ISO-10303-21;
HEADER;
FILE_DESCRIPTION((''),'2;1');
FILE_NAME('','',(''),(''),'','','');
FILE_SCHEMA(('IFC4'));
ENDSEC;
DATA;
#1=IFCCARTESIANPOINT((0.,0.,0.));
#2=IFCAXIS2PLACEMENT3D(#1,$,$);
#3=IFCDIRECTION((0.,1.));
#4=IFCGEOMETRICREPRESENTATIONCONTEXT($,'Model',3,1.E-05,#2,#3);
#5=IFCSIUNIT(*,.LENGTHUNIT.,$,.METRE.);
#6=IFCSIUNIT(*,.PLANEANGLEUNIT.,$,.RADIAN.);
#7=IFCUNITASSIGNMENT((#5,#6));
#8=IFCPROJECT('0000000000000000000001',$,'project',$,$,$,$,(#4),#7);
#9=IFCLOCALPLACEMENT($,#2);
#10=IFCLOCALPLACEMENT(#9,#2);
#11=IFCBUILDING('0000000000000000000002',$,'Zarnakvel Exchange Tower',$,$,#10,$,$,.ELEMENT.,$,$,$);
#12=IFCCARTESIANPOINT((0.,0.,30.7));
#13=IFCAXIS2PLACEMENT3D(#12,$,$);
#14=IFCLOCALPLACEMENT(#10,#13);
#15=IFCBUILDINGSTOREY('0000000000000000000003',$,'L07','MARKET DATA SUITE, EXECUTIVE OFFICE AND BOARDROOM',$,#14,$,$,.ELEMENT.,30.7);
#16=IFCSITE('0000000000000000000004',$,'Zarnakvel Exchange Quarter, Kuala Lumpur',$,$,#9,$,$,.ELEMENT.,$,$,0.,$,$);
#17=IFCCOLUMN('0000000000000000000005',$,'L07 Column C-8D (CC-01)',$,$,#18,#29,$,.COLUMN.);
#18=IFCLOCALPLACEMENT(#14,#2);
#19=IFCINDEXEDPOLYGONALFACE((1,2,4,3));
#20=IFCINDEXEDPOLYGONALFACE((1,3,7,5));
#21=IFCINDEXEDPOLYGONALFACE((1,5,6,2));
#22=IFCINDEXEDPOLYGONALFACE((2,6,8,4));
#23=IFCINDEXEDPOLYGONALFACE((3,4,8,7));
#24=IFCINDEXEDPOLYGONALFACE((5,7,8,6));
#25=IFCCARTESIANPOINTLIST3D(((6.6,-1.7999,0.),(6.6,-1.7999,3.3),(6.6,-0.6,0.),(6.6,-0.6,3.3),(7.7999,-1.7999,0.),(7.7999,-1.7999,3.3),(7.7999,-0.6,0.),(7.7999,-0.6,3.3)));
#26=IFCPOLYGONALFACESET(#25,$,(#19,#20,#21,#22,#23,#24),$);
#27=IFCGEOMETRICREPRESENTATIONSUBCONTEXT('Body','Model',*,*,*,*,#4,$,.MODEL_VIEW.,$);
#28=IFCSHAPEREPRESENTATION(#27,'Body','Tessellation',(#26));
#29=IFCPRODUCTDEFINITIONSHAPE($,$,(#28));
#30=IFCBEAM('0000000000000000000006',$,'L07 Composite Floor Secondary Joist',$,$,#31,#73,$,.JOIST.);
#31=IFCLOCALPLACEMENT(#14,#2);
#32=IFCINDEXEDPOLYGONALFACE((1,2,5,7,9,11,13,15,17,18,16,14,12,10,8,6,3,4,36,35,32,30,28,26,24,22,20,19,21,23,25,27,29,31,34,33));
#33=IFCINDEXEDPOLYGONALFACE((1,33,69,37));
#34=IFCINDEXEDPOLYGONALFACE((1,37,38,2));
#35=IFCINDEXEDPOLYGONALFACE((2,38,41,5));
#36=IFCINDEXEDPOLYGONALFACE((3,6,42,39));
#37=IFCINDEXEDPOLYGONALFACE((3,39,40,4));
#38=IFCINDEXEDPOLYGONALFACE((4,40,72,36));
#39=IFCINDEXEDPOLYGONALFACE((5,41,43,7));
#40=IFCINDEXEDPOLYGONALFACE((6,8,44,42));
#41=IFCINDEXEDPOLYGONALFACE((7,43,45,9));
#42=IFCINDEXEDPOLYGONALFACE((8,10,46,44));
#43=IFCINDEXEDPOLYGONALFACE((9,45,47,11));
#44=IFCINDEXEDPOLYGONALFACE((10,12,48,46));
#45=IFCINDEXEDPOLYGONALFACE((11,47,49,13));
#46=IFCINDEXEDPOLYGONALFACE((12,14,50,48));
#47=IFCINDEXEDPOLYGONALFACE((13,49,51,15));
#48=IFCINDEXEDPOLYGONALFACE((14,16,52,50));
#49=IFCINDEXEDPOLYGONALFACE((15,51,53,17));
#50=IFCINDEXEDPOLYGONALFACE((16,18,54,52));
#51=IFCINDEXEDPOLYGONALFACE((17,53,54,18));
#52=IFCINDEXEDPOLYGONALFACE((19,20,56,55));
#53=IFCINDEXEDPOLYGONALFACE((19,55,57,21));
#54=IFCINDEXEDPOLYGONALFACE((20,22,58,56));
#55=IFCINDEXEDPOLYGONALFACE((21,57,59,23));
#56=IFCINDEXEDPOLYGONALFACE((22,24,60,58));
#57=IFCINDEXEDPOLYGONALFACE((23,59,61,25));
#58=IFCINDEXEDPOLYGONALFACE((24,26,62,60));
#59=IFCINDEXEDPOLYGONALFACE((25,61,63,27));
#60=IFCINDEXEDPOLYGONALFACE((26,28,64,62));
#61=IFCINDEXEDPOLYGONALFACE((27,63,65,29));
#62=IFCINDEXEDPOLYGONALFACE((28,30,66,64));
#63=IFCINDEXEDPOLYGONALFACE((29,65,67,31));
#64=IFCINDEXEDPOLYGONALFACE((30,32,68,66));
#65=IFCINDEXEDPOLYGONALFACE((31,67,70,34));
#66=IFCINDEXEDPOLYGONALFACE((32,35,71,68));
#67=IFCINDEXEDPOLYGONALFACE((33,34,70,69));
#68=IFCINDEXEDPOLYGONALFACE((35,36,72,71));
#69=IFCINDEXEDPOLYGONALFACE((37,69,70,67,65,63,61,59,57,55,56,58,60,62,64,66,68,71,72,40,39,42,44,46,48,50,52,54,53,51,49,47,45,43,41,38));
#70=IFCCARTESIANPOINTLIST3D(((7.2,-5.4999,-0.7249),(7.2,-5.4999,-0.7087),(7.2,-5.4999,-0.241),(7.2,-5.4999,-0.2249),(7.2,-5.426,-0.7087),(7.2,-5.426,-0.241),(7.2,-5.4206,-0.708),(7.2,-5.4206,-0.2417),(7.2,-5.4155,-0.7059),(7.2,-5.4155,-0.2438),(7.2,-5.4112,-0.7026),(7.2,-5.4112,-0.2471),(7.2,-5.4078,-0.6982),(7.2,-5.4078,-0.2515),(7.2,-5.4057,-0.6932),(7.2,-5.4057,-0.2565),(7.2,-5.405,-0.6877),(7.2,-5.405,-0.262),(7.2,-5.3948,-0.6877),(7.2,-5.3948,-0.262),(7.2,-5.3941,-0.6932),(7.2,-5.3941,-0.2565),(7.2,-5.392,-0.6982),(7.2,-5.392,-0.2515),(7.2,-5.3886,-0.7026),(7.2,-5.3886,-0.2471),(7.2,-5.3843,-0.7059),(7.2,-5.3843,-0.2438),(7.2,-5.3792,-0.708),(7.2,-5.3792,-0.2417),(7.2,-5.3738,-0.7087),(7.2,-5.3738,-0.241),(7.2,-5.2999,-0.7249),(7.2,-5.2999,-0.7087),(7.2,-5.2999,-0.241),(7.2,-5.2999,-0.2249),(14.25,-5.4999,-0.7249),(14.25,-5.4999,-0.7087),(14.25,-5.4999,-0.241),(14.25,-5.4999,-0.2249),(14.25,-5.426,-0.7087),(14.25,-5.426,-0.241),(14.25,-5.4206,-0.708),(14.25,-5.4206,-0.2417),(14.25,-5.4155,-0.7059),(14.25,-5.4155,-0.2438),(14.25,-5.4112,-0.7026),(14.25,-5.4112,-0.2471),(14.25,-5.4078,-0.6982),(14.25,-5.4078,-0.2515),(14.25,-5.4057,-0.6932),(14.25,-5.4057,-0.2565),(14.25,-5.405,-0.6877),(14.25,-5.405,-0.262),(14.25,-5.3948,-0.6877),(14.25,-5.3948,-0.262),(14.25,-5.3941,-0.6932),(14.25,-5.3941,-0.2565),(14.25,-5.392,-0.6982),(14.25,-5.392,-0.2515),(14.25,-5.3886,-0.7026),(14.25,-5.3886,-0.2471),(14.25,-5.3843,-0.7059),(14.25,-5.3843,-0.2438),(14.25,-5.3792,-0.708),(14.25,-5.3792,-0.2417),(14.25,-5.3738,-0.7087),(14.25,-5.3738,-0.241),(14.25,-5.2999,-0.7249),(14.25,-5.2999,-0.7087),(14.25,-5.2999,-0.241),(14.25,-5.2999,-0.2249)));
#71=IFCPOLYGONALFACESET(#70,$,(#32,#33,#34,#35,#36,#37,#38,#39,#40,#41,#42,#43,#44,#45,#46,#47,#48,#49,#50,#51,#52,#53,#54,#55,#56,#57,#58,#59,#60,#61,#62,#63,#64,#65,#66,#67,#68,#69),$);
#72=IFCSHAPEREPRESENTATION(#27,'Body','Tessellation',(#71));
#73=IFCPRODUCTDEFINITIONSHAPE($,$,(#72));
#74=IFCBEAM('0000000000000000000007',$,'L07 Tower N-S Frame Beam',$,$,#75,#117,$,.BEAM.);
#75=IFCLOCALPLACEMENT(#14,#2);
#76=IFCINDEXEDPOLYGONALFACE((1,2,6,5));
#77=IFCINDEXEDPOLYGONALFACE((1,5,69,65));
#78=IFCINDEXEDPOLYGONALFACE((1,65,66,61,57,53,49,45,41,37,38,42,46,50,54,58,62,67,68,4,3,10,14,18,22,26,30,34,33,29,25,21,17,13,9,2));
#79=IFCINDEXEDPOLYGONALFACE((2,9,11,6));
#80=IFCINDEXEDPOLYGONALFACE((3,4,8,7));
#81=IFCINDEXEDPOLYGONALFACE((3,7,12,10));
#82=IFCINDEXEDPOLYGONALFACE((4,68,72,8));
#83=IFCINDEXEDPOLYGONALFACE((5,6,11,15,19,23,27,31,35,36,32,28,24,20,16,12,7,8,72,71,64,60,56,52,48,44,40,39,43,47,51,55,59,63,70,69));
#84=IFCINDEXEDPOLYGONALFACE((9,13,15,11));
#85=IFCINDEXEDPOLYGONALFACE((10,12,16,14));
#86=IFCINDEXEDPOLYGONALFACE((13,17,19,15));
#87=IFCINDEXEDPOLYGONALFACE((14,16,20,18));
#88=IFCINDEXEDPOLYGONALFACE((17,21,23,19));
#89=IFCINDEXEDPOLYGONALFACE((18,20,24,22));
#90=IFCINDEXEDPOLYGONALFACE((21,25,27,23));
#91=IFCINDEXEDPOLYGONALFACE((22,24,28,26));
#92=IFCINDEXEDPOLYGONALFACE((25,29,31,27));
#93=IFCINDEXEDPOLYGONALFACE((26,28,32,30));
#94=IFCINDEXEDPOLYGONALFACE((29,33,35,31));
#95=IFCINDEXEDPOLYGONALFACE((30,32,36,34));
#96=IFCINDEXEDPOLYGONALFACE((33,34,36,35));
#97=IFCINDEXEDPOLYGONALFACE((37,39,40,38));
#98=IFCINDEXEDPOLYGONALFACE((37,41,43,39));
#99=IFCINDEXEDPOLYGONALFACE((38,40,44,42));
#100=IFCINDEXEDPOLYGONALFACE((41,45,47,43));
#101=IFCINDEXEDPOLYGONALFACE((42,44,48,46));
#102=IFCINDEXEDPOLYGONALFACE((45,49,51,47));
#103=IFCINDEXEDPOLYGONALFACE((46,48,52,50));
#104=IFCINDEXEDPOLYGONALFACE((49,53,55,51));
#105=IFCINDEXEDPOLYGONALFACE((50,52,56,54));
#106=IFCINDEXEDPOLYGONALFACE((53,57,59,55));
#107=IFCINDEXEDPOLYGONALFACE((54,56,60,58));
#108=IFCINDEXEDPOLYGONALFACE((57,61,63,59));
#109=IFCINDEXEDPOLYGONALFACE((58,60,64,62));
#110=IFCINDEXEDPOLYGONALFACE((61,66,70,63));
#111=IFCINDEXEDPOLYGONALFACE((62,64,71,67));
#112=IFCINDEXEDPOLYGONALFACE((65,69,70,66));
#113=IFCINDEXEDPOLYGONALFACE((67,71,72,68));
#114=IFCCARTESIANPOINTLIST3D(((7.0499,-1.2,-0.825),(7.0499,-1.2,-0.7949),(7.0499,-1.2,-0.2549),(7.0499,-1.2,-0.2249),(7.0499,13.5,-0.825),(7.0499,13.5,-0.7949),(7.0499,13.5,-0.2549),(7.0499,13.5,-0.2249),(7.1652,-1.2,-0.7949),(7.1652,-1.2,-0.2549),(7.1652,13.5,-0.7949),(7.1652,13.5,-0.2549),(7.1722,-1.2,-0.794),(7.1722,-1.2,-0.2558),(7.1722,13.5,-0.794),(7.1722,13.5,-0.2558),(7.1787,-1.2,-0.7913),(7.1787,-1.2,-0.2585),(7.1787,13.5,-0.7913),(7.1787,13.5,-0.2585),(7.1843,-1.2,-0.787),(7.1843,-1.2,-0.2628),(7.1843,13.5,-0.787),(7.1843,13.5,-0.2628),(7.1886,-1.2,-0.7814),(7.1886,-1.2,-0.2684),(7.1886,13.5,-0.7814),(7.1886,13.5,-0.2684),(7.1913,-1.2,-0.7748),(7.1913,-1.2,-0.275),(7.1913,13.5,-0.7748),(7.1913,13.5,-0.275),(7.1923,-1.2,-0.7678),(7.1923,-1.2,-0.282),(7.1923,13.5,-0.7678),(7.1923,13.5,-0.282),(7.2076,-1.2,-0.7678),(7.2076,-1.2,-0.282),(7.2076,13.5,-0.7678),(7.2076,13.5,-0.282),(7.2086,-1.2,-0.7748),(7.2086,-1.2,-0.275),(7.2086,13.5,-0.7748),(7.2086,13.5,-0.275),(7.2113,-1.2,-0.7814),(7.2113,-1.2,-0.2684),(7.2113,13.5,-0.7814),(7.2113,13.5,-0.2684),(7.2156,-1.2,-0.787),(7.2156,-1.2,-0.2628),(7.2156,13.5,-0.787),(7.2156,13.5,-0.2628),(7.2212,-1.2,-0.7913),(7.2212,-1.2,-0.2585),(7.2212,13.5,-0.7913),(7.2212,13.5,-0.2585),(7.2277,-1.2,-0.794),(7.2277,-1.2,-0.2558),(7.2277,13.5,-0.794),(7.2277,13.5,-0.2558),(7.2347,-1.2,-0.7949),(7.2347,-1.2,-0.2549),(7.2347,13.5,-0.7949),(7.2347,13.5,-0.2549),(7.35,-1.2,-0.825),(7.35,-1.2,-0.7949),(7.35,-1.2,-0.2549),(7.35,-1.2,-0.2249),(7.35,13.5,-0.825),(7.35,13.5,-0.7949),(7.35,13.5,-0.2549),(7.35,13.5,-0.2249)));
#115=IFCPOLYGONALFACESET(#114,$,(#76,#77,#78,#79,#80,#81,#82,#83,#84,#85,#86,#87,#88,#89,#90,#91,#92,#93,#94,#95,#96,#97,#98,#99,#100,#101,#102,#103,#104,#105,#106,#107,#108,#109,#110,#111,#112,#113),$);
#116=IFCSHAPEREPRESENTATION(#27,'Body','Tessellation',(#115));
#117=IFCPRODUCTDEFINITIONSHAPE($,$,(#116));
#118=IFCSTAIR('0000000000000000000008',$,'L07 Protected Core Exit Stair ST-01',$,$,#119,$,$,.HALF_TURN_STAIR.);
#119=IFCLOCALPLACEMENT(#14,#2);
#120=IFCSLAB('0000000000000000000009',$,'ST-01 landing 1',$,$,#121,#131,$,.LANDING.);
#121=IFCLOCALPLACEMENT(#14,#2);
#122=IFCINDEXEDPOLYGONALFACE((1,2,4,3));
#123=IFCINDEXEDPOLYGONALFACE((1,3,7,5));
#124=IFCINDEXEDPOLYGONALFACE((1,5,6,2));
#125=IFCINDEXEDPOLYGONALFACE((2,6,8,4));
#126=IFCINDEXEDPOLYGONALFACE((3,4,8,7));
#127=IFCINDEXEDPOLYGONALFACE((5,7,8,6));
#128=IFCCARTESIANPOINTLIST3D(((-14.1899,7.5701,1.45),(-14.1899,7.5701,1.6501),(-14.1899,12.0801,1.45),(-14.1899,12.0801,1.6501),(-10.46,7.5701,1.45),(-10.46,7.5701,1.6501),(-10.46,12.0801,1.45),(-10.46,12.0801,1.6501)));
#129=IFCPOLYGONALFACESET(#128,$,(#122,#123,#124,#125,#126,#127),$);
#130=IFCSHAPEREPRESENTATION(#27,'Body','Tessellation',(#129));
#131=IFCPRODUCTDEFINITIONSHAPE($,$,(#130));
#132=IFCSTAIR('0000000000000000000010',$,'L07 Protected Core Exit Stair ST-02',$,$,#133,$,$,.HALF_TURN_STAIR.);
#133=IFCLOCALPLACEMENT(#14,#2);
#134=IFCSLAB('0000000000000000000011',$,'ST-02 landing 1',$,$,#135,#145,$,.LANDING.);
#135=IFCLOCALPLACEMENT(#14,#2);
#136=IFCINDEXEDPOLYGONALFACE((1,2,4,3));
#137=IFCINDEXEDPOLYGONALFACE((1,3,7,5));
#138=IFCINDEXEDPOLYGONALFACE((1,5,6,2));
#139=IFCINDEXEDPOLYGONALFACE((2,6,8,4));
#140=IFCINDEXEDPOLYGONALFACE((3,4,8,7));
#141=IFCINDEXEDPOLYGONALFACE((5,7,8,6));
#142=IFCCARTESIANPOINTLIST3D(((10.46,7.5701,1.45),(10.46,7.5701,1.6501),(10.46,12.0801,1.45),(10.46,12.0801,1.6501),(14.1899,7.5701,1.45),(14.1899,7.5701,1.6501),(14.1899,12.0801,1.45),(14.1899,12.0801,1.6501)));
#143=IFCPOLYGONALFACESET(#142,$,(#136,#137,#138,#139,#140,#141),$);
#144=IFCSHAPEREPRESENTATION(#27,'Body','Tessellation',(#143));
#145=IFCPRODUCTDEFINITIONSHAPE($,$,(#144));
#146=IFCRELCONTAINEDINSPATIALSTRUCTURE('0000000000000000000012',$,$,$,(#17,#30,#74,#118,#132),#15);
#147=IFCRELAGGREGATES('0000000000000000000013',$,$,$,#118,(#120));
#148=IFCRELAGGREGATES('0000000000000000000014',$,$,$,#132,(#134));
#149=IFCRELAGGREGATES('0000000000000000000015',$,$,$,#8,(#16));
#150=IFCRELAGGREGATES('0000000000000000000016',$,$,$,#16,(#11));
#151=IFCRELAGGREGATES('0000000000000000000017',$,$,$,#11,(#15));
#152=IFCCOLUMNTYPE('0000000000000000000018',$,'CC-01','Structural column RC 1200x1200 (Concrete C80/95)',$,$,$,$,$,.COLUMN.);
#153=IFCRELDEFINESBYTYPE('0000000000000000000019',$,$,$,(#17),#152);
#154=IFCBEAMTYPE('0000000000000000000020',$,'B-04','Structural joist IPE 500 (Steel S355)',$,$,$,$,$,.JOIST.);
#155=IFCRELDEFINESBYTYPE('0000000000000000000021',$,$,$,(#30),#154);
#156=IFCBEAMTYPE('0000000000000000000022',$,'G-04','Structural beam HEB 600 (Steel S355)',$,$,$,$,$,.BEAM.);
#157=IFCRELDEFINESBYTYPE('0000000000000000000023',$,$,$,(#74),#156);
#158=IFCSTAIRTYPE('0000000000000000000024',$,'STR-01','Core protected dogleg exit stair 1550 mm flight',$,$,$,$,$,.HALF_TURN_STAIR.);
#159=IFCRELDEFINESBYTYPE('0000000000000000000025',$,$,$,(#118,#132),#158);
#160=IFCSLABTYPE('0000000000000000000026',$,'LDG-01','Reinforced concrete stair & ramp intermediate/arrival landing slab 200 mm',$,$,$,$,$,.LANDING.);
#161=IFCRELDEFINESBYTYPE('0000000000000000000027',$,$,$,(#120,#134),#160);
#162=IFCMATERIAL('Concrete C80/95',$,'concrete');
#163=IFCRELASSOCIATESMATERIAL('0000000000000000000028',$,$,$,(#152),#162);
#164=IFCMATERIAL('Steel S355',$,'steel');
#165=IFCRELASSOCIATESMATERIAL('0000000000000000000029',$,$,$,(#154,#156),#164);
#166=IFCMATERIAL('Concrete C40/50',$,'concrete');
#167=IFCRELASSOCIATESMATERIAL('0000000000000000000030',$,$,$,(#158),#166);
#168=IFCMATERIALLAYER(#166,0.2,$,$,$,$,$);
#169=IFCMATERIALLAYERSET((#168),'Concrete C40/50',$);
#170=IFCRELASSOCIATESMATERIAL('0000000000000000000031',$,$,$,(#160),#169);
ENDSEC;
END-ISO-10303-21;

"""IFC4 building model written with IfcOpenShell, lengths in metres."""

from ifc_helpers import new_model, si_unit, direction, frame, origin, origin_2d, place, context, subcontext, project, spatial, polyline, rectangle, i_section, outline, extrude, material, layer, layer_set, material_profile, profile_set, type_object, element, aggregate, save


model = new_model("IFC4")

# Units and contexts
model_context = context("Model", 3, precision=1e-05, world=origin(), true_north=direction((0.0, 1.0)))
body_context = subcontext(model_context, "Body", "Model", "MODEL_VIEW")
ifc_project = project(units=[si_unit("LENGTHUNIT", "METRE"), si_unit("PLANEANGLEUNIT", "RADIAN")], contexts=[model_context])

# Site, building, storey
site_placement = place(None, origin())
site = spatial("IfcSite", under=ifc_project, at=site_placement, Name="Zarnakvel Exchange Quarter, Kuala Lumpur", CompositionType="ELEMENT", RefElevation=0.0)
building_placement = place(site_placement, origin())
building = spatial("IfcBuilding", under=site, at=building_placement, Name="Zarnakvel Exchange Tower", CompositionType="ELEMENT")
storey_placement = place(building_placement, frame((0.0, 0.0, 30.7)))
storey = spatial("IfcBuildingStorey", under=building, at=storey_placement, Name="L07", Description="MARKET DATA SUITE, EXECUTIVE OFFICE AND BOARDROOM", CompositionType="ELEMENT", Elevation=30.7)

# Column
ifc_material_1 = material(Name="Concrete C80/95", Category="concrete")
ifc_material_profile_1 = material_profile(ifc_material_1, rectangle(XDim=1.2, YDim=1.2, at=origin_2d()))
ifc_profile_set_1 = profile_set([ifc_material_profile_1], Name="Concrete C80/95")
column_type = type_object("IfcColumnType", Name="CC-01", Description="Structural column RC 1200x1200 (Concrete C80/95)", PredefinedType="COLUMN", material=ifc_profile_set_1)
column_placement = place(storey_placement, frame((7.2, -1.2, 0.0), z_axis=(0.0, 0.0, 1.0), x_axis=(1.0, 0.0, 0.0)))
element("IfcColumn", 1, at=column_placement, inside=storey, type_object=column_type, Name="L07 Column C-8D (CC-01)", PredefinedType="COLUMN", context=body_context, shape_type="SweptSolid", body=[
    extrude(rectangle(XDim=1.2, YDim=1.2, at=origin_2d()), origin(), (0.0, 0.0, 1.0), 3.3),
])

# Beams
ifc_material_2 = material(Name="Steel S355", Category="steel")
ifc_material_profile_2 = material_profile(ifc_material_2, i_section(OverallWidth=0.2, OverallDepth=0.5, WebThickness=0.0103, FlangeThickness=0.0161, FilletRadius=0.021, at=origin_2d()))
ifc_profile_set_2 = profile_set([ifc_material_profile_2], Name="Steel S355")
beam_type_1 = type_object("IfcBeamType", Name="B-04", Description="Structural joist IPE 500 (Steel S355)", PredefinedType="JOIST", material=ifc_profile_set_2)
beam_1_placement = place(storey_placement, frame((7.2, -5.3999, -0.4749), z_axis=(1.0, 0.0, 0.0), x_axis=(0.0, 1.0, 0.0)))
element("IfcBeam", 2, at=beam_1_placement, inside=storey, type_object=beam_type_1, Name="L07 Composite Floor Secondary Joist", PredefinedType="JOIST", context=body_context, shape_type="SweptSolid", body=[
    extrude(i_section(OverallWidth=0.2, OverallDepth=0.5, WebThickness=0.0103, FlangeThickness=0.0161, FilletRadius=0.021, at=origin_2d()), origin(), (0.0, 0.0, 1.0), 7.05),
])
ifc_material_profile_3 = material_profile(ifc_material_2, i_section(OverallWidth=0.3, OverallDepth=0.6001, WebThickness=0.0154, FlangeThickness=0.03, FilletRadius=0.0271, at=origin_2d()))
ifc_profile_set_3 = profile_set([ifc_material_profile_3], Name="Steel S355")
beam_type_2 = type_object("IfcBeamType", Name="G-04", Description="Structural beam HEB 600 (Steel S355)", PredefinedType="BEAM", material=ifc_profile_set_3)
beam_2_placement = place(storey_placement, frame((7.2, -1.2, -0.5249), z_axis=(0.0, 1.0, 0.0), x_axis=(-1.0, 0.0, 0.0)))
element("IfcBeam", 3, at=beam_2_placement, inside=storey, type_object=beam_type_2, Name="L07 Tower N-S Frame Beam", PredefinedType="BEAM", context=body_context, shape_type="SweptSolid", body=[
    extrude(i_section(OverallWidth=0.3, OverallDepth=0.6001, WebThickness=0.0154, FlangeThickness=0.03, FilletRadius=0.0271, at=origin_2d()), origin(), (0.0, 0.0, 1.0), 14.7),
])

# Stairs, slabs
ifc_material_3 = material(Name="Concrete C40/50", Category="concrete")
stair_type = type_object("IfcStairType", Name="STR-01", Description="Core protected dogleg exit stair 1550 mm flight", PredefinedType="HALF_TURN_STAIR", material=ifc_material_3)
stair_1_placement = place(storey_placement, origin())
stair_1 = element("IfcStair", 4, at=stair_1_placement, inside=storey, type_object=stair_type, Name="L07 Protected Core Exit Stair ST-01", PredefinedType="HALF_TURN_STAIR")
ifc_layer_1 = layer(ifc_material_3, 0.2)
ifc_layer_set_1 = layer_set([ifc_layer_1], Name="Concrete C40/50")
slab_type_1 = type_object("IfcSlabType", Name="LDG-01", Description="Reinforced concrete stair & ramp intermediate/arrival landing slab 200 mm", PredefinedType="LANDING", material=ifc_layer_set_1)
slab_1_placement = place(storey_placement, frame((0.0, 0.0, 1.45)))
slab_1 = element("IfcSlab", 5, at=slab_1_placement, type_object=slab_type_1, Name="ST-01 landing 1", PredefinedType="LANDING", context=body_context, shape_type="SweptSolid", body=[
    extrude(outline(polyline([(-14.1899, 7.5701), (-10.46, 7.5701), (-10.46, 12.0801), (-14.1899, 12.0801), (-14.1899, 7.5701)])), origin(), (0.0, 0.0, 1.0), 0.2002),
])
aggregate(stair_1, [slab_1])
stair_2_placement = place(storey_placement, origin())
stair_2 = element("IfcStair", 6, at=stair_2_placement, inside=storey, type_object=stair_type, Name="L07 Protected Core Exit Stair ST-02", PredefinedType="HALF_TURN_STAIR")
slab_2_placement = place(storey_placement, frame((0.0, 0.0, 1.45)))
slab_2 = element("IfcSlab", 7, at=slab_2_placement, type_object=slab_type_1, Name="ST-02 landing 1", PredefinedType="LANDING", context=body_context, shape_type="SweptSolid", body=[
    extrude(outline(polyline([(10.46, 7.5701), (14.1899, 7.5701), (14.1899, 12.0801), (10.46, 12.0801), (10.46, 7.5701)])), origin(), (0.0, 0.0, 1.0), 0.2002),
])
aggregate(stair_2, [slab_2])

save(model, "model.ifc")
